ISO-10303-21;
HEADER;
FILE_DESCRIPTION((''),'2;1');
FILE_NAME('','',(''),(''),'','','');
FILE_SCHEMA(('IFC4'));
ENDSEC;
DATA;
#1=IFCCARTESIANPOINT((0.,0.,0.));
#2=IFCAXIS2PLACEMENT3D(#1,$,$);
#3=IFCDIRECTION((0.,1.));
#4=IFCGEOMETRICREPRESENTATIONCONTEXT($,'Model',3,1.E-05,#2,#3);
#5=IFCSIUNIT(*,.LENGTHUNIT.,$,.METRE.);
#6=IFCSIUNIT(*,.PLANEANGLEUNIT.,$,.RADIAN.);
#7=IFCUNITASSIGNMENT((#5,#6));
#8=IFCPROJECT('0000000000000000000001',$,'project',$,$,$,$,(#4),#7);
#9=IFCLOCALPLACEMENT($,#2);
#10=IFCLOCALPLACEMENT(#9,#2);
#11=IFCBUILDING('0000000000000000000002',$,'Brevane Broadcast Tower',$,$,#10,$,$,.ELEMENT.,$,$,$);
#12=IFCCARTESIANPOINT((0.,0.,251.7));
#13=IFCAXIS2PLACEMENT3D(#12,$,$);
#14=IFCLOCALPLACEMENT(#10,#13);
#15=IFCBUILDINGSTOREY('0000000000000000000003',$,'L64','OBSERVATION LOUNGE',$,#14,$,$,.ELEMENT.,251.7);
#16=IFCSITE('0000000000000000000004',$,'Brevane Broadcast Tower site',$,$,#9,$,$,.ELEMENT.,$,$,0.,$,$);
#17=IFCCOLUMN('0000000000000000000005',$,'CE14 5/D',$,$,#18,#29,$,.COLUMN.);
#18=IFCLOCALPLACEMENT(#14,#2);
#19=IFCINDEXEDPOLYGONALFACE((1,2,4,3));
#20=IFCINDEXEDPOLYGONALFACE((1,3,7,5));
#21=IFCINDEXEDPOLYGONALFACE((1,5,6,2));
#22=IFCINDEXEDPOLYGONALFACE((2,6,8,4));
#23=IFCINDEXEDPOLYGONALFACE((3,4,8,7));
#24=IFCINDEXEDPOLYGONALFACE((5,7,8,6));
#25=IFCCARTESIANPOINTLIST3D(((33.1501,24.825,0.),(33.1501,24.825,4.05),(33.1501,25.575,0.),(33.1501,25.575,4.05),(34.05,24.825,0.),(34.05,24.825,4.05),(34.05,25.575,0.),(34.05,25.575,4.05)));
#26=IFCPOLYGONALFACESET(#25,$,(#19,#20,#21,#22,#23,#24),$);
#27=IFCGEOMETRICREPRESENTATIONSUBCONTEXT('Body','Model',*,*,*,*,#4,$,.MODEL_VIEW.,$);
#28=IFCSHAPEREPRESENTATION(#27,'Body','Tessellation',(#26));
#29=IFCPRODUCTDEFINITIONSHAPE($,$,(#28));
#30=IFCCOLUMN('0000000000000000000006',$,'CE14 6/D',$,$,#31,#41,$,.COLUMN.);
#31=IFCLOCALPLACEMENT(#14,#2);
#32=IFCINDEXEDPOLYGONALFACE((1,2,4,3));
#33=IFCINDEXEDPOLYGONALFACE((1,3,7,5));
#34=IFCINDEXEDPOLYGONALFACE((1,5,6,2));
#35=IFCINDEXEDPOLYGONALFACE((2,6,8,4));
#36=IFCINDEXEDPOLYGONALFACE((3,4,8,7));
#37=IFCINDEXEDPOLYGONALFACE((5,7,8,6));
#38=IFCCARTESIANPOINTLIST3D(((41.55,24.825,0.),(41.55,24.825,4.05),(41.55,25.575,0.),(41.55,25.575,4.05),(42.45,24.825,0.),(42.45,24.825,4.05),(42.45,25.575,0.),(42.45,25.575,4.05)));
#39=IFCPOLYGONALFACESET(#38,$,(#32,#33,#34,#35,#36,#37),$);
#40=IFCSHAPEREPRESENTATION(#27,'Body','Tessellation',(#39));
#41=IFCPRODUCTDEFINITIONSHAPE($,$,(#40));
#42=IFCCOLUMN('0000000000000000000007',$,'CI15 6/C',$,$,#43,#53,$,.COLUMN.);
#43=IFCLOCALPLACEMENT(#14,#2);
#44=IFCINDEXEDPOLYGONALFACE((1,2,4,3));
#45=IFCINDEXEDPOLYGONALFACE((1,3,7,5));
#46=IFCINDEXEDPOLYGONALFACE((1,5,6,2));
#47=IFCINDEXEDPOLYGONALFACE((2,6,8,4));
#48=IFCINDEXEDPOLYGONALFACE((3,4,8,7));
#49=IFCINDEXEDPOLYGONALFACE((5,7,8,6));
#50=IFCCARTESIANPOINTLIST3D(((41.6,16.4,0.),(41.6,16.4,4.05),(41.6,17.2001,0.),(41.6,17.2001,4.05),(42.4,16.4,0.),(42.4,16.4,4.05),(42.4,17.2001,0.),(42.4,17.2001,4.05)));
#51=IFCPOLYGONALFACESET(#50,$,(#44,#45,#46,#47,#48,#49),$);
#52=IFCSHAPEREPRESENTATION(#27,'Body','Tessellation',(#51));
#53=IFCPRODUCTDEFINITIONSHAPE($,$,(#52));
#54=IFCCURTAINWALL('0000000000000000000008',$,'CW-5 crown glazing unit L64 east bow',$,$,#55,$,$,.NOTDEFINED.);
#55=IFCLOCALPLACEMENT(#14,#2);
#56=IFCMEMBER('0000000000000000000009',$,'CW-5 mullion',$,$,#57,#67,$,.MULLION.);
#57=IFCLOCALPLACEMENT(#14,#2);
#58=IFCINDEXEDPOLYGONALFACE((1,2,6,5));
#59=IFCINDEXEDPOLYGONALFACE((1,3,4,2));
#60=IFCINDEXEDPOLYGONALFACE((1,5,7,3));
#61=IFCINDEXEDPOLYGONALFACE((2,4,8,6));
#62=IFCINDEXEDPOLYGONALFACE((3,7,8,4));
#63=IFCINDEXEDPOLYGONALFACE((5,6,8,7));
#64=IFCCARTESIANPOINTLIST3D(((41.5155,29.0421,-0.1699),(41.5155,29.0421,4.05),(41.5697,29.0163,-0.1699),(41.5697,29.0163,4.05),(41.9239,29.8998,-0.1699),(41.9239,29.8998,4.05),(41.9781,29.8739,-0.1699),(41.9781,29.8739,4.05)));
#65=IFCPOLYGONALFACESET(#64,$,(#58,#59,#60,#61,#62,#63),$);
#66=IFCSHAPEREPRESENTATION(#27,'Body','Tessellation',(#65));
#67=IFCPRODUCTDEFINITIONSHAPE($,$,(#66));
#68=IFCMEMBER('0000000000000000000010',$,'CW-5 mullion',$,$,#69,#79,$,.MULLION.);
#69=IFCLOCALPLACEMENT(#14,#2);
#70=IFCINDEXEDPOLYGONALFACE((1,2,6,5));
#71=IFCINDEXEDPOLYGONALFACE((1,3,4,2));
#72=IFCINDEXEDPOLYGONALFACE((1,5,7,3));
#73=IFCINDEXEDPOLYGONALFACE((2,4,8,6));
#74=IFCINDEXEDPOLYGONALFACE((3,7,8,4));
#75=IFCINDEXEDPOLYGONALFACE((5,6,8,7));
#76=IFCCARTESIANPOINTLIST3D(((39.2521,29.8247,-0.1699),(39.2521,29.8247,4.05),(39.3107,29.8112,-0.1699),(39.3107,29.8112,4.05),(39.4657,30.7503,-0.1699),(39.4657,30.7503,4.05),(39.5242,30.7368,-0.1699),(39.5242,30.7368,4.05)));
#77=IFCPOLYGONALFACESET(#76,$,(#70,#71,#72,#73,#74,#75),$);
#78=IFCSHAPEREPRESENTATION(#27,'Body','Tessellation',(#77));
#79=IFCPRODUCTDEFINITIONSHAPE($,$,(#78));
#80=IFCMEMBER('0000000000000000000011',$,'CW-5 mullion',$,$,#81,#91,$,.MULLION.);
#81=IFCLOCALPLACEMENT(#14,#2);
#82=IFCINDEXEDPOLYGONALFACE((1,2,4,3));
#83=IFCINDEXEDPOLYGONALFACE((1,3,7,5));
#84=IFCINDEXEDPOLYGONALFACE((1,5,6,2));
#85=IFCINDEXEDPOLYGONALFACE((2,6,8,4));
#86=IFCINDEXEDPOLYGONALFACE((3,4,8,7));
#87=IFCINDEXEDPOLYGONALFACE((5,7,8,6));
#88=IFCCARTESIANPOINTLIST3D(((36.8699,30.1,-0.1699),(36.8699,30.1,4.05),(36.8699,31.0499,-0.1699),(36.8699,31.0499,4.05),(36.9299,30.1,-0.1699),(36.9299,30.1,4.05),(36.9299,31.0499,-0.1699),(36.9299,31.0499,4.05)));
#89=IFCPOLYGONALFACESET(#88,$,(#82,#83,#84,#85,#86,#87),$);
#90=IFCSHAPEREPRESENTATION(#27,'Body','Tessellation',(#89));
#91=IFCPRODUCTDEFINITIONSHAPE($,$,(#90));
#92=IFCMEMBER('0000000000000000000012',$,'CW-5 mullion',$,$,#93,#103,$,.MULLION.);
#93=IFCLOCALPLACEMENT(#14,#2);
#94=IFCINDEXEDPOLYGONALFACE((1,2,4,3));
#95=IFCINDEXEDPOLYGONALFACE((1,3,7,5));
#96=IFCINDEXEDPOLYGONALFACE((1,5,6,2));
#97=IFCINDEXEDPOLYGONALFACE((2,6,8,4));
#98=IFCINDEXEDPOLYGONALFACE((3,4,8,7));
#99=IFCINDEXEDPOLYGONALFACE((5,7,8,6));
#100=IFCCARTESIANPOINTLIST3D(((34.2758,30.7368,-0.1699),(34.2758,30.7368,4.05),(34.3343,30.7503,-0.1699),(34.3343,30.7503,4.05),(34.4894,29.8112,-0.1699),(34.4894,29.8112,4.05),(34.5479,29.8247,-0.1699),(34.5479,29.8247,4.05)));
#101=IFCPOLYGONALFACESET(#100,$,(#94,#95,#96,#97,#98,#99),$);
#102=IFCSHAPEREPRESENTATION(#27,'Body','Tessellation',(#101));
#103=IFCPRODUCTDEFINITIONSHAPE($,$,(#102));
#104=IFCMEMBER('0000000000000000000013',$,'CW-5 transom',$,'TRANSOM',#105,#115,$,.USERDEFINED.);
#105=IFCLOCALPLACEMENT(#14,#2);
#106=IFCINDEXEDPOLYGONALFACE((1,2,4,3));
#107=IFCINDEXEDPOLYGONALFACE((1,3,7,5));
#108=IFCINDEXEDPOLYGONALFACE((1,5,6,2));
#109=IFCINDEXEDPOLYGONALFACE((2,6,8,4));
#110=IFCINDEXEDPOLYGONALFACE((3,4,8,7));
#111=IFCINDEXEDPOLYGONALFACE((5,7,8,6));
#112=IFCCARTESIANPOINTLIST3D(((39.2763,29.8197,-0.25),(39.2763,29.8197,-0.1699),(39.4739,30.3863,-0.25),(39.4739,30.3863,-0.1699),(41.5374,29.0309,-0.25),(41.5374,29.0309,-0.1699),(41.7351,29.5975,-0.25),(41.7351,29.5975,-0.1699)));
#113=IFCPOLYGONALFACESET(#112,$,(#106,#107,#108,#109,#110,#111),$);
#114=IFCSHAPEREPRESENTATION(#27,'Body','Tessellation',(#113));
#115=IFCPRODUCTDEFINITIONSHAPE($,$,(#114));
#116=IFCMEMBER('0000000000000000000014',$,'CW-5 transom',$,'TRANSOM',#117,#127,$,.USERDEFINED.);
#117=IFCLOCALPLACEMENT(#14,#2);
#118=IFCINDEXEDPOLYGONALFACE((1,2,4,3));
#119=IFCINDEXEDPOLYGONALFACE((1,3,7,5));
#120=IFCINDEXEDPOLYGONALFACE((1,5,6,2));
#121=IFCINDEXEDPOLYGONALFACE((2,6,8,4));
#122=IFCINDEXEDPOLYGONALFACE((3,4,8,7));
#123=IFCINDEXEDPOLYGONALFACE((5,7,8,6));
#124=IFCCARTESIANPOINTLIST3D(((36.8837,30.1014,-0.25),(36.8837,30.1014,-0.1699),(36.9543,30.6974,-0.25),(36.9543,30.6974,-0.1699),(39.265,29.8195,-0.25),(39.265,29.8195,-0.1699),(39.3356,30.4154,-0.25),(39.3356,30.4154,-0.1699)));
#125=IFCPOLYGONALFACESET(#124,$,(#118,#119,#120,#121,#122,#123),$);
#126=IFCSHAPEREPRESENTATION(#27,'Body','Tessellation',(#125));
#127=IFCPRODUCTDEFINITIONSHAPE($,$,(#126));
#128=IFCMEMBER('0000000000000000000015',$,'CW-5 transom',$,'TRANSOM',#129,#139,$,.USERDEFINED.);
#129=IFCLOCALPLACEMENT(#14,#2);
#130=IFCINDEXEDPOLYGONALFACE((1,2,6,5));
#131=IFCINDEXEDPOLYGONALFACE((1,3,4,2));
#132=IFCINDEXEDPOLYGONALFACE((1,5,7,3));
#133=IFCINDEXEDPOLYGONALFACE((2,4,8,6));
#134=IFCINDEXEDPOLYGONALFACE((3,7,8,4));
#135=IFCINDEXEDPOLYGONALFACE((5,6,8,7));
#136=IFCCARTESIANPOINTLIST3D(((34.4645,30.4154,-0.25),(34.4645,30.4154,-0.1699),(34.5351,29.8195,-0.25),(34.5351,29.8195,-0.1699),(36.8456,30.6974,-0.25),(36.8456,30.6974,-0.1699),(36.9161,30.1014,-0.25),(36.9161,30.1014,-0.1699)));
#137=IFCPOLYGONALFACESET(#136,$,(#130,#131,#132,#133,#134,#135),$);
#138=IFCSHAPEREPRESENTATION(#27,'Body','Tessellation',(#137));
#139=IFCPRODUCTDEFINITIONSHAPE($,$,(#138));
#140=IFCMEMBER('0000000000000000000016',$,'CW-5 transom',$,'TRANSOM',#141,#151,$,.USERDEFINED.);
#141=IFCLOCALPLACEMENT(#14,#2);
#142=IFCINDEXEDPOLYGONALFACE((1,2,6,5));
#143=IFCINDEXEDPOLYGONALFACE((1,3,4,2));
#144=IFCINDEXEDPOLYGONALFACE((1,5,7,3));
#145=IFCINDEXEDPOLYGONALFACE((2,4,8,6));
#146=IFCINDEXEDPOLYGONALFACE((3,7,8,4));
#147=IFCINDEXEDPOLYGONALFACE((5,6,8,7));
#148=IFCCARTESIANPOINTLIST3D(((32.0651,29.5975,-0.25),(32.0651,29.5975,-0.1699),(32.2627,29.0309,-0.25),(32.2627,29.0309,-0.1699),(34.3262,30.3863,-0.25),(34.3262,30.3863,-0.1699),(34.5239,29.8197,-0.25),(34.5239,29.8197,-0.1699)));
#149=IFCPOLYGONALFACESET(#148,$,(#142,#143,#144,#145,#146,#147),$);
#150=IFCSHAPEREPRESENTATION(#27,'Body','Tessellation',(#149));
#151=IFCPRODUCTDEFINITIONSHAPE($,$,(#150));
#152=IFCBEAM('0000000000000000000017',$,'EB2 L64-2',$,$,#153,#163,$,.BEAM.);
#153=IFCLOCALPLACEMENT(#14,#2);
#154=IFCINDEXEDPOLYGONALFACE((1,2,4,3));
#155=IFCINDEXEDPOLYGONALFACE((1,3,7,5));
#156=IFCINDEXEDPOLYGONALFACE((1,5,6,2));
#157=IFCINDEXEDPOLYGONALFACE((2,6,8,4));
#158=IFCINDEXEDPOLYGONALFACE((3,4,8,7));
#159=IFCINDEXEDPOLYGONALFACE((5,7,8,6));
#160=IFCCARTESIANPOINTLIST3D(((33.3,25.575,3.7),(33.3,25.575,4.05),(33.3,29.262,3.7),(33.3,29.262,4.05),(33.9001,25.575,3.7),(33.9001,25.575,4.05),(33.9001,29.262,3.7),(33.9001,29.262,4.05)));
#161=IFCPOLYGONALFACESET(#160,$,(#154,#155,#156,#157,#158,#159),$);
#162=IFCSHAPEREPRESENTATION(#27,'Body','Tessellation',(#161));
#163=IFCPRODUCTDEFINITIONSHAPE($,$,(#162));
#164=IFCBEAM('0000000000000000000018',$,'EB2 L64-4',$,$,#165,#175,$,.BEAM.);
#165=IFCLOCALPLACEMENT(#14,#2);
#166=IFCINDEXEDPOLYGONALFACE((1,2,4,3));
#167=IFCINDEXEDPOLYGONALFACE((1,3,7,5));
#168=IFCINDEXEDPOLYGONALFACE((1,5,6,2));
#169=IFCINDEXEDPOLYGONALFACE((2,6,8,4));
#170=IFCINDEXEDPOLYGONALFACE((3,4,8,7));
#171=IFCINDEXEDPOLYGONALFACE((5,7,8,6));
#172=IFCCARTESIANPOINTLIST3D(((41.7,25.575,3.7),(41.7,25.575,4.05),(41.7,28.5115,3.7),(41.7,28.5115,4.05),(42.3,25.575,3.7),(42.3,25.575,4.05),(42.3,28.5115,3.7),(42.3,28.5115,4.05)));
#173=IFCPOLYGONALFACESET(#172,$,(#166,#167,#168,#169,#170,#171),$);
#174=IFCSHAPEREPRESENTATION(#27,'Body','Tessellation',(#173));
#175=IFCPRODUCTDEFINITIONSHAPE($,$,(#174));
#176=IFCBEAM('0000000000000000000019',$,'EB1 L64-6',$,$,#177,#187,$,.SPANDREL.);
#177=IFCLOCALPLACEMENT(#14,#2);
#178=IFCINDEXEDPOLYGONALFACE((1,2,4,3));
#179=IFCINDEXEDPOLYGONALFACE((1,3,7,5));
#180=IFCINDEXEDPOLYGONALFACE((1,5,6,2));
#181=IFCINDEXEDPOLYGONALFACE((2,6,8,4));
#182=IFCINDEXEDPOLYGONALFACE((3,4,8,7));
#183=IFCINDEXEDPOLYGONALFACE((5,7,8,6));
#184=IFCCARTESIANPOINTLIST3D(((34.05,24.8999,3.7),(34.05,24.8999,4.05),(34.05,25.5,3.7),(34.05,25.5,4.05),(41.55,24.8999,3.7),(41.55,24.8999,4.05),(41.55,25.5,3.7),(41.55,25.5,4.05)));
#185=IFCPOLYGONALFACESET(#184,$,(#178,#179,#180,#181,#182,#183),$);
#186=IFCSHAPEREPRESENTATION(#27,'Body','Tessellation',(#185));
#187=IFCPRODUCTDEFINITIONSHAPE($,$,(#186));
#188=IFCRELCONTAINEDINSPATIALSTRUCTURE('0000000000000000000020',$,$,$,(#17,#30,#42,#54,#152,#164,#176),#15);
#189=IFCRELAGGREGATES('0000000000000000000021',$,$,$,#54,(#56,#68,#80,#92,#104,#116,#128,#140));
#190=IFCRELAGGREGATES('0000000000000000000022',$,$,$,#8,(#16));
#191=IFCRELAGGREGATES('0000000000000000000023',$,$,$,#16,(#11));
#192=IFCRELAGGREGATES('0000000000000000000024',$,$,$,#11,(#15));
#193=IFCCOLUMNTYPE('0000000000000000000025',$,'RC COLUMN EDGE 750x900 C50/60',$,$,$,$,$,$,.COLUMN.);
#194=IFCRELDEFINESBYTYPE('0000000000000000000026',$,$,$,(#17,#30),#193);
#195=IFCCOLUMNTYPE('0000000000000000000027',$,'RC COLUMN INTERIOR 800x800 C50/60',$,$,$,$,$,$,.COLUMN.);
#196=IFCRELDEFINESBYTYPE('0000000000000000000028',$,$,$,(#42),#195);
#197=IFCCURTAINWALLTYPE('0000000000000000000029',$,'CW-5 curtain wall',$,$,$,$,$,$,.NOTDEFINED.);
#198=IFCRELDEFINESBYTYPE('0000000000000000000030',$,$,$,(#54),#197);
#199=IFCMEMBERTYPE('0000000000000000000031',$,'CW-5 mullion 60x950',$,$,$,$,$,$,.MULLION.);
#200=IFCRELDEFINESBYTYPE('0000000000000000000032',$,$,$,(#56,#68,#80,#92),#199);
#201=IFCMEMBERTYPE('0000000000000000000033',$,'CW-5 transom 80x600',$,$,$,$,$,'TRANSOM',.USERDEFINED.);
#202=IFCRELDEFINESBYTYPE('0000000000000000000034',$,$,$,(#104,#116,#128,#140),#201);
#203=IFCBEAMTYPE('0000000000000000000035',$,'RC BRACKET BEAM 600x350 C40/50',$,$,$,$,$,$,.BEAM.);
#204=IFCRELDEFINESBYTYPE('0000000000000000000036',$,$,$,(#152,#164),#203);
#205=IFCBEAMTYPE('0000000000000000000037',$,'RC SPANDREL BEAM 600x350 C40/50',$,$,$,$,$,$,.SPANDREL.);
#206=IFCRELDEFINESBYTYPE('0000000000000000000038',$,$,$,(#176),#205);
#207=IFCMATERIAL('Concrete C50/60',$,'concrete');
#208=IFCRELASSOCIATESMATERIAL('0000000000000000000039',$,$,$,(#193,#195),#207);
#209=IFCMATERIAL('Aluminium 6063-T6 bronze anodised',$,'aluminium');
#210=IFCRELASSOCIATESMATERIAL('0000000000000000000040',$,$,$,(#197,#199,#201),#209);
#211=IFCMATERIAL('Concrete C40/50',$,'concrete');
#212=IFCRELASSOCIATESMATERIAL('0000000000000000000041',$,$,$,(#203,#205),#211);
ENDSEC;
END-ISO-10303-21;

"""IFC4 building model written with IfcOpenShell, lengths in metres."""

from ifc_helpers import new_model, si_unit, direction, frame, origin, origin_2d, place, context, subcontext, project, spatial, rectangle, extrude, material, material_profile, profile_set, type_object, element, aggregate, save


model = new_model("IFC4")

# Units and contexts
model_context = context("Model", 3, precision=1e-05, world=origin(), true_north=direction((0.0, 1.0)))
body_context = subcontext(model_context, "Body", "Model", "MODEL_VIEW")
ifc_project = project(units=[si_unit("LENGTHUNIT", "METRE"), si_unit("PLANEANGLEUNIT", "RADIAN")], contexts=[model_context])

# Site, building, storey
site_placement = place(None, origin())
site = spatial("IfcSite", under=ifc_project, at=site_placement, Name="Brevane Broadcast Tower site", CompositionType="ELEMENT", RefElevation=0.0)
building_placement = place(site_placement, origin())
building = spatial("IfcBuilding", under=site, at=building_placement, Name="Brevane Broadcast Tower", CompositionType="ELEMENT")
storey_placement = place(building_placement, frame((0.0, 0.0, 251.7)))
storey = spatial("IfcBuildingStorey", under=building, at=storey_placement, Name="L64", Description="OBSERVATION LOUNGE", CompositionType="ELEMENT", Elevation=251.7)

# Columns
ifc_material_1 = material(Name="Concrete C50/60", Category="concrete")
ifc_material_profile_1 = material_profile(ifc_material_1, rectangle(XDim=0.75, YDim=0.8999, at=origin_2d()), Name="RC 750x900")
ifc_profile_set_1 = profile_set([ifc_material_profile_1], Name="Concrete C50/60")
column_type_1 = type_object("IfcColumnType", Name="RC COLUMN EDGE 750x900 C50/60", PredefinedType="COLUMN", material=ifc_profile_set_1)
for number, where, z_axis, x_axis, name in (
    (1, (33.6001, 25.2, 0.0), (0.0, 0.0, 1.0), (0.0, 1.0, 0.0), "CE14 5/D"),
    (2, (42.0, 25.2, 0.0), (0.0, 0.0, 1.0), (0.0, 1.0, 0.0), "CE14 6/D"),
):
    element("IfcColumn", number, at=place(storey_placement, frame(where, z_axis=z_axis, x_axis=x_axis)), inside=storey, type_object=column_type_1, Name=name, PredefinedType="COLUMN", context=body_context, shape_type="SweptSolid", body=[
        extrude(rectangle(XDim=0.75, YDim=0.8999, at=origin_2d()), origin(), (0.0, 0.0, 1.0), 4.05),
    ])
ifc_material_profile_2 = material_profile(ifc_material_1, rectangle(XDim=0.8, YDim=0.8, at=origin_2d()), Name="RC 800x800")
ifc_profile_set_2 = profile_set([ifc_material_profile_2], Name="Concrete C50/60")
column_type_2 = type_object("IfcColumnType", Name="RC COLUMN INTERIOR 800x800 C50/60", PredefinedType="COLUMN", material=ifc_profile_set_2)
column_placement = place(storey_placement, frame((42.0, 16.8, 0.0), z_axis=(0.0, 0.0, 1.0), x_axis=(1.0, 0.0, 0.0)))
element("IfcColumn", 3, at=column_placement, inside=storey, type_object=column_type_2, Name="CI15 6/C", PredefinedType="COLUMN", context=body_context, shape_type="SweptSolid", body=[
    extrude(rectangle(XDim=0.8, YDim=0.8, at=origin_2d()), origin(), (0.0, 0.0, 1.0), 4.05),
])

# Curtain wall, members
ifc_material_2 = material(Name="Aluminium 6063-T6 bronze anodised", Category="aluminium")
curtain_wall_type = type_object("IfcCurtainWallType", Name="CW-5 curtain wall", PredefinedType="NOTDEFINED", material=ifc_material_2)
curtain_wall_placement = place(storey_placement, origin())
curtain_wall = element("IfcCurtainWall", 4, at=curtain_wall_placement, inside=storey, type_object=curtain_wall_type, Name="CW-5 crown glazing unit L64 east bow", PredefinedType="NOTDEFINED")
ifc_material_profile_3 = material_profile(ifc_material_2, rectangle(XDim=0.95, YDim=0.0601, at=origin_2d()), Name="RECT 60x950")
ifc_profile_set_3 = profile_set([ifc_material_profile_3], Name="Aluminium 6063-T6 bronze anodised")
member_type_1 = type_object("IfcMemberType", Name="CW-5 mullion 60x950", PredefinedType="MULLION", material=ifc_profile_set_3)
member_1_placement = place(storey_placement, frame((41.7468, 29.458, -0.1699), z_axis=(0.0, 0.0, 1.0), x_axis=(-0.429934, -0.902861, 0.0)))
member_1 = element("IfcMember", 5, at=member_1_placement, type_object=member_type_1, Name="CW-5 mullion", PredefinedType="MULLION", context=body_context, shape_type="SweptSolid", body=[
    extrude(rectangle(XDim=0.95, YDim=0.0601, at=origin_2d()), origin(), (0.0, 0.0, 1.0), 4.22),
])
member_2_placement = place(storey_placement, frame((39.3882, 30.2808, -0.1699), z_axis=(0.0, 0.0, 1.0), x_axis=(-0.224807, -0.974403, 0.0)))
member_2 = element("IfcMember", 6, at=member_2_placement, type_object=member_type_1, Name="CW-5 mullion", PredefinedType="MULLION", context=body_context, shape_type="SweptSolid", body=[
    extrude(rectangle(XDim=0.95, YDim=0.0601, at=origin_2d()), origin(), (0.0, 0.0, 1.0), 4.22),
])
member_3_placement = place(storey_placement, frame((36.8999, 30.575, -0.1699), z_axis=(0.0, 0.0, 1.0), x_axis=(0.0, -1.0, 0.0)))
member_3 = element("IfcMember", 7, at=member_3_placement, type_object=member_type_1, Name="CW-5 mullion", PredefinedType="MULLION", context=body_context, shape_type="SweptSolid", body=[
    extrude(rectangle(XDim=0.95, YDim=0.0601, at=origin_2d()), origin(), (0.0, 0.0, 1.0), 4.22),
])
member_4_placement = place(storey_placement, frame((34.4119, 30.2808, -0.1699), z_axis=(0.0, 0.0, 1.0), x_axis=(0.224807, -0.974403, 0.0)))
member_4 = element("IfcMember", 8, at=member_4_placement, type_object=member_type_1, Name="CW-5 mullion", PredefinedType="MULLION", context=body_context, shape_type="SweptSolid", body=[
    extrude(rectangle(XDim=0.95, YDim=0.0601, at=origin_2d()), origin(), (0.0, 0.0, 1.0), 4.22),
])
ifc_material_profile_4 = material_profile(ifc_material_2, rectangle(XDim=0.6001, YDim=0.0801, at=origin_2d()), Name="RECT 80x600")
ifc_profile_set_4 = profile_set([ifc_material_profile_4], Name="Aluminium 6063-T6 bronze anodised")
member_type_2 = type_object("IfcMemberType", Name="CW-5 transom 80x600", ElementType="TRANSOM", PredefinedType="USERDEFINED", material=ifc_profile_set_4)
member_5_placement = place(storey_placement, frame((41.6362, 29.3142, -0.21), z_axis=(-0.944198, 0.329378, 0.0), x_axis=(-0.329378, -0.944198, 0.0)))
member_5 = element("IfcMember", 9, at=member_5_placement, type_object=member_type_2, Name="CW-5 transom", ObjectType="TRANSOM", PredefinedType="USERDEFINED", context=body_context, shape_type="SweptSolid", body=[
    extrude(rectangle(XDim=0.6001, YDim=0.0801, at=origin_2d()), origin(), (0.0, 0.0, 1.0), 2.3948),
])
member_6_placement = place(storey_placement, frame((39.3003, 30.1174, -0.21), z_axis=(-0.993062, 0.117591, 0.0), x_axis=(-0.117591, -0.993062, 0.0)))
member_6 = element("IfcMember", 10, at=member_6_placement, type_object=member_type_2, Name="CW-5 transom", ObjectType="TRANSOM", PredefinedType="USERDEFINED", context=body_context, shape_type="SweptSolid", body=[
    extrude(rectangle(XDim=0.6001, YDim=0.0801, at=origin_2d()), origin(), (0.0, 0.0, 1.0), 2.3979),
])
member_7_placement = place(storey_placement, frame((36.8809, 30.3994, -0.21), z_axis=(-0.993061, -0.117603, 0.0), x_axis=(0.117603, -0.993061, 0.0)))
member_7 = element("IfcMember", 11, at=member_7_placement, type_object=member_type_2, Name="CW-5 transom", ObjectType="TRANSOM", PredefinedType="USERDEFINED", context=body_context, shape_type="SweptSolid", body=[
    extrude(rectangle(XDim=0.6001, YDim=0.0801, at=origin_2d()), origin(), (0.0, 0.0, 1.0), 2.3977),
])
member_8_placement = place(storey_placement, frame((34.425, 30.103, -0.21), z_axis=(-0.944198, -0.329378, 0.0), x_axis=(0.329378, -0.944198, 0.0)))
member_8 = element("IfcMember", 12, at=member_8_placement, type_object=member_type_2, Name="CW-5 transom", ObjectType="TRANSOM", PredefinedType="USERDEFINED", context=body_context, shape_type="SweptSolid", body=[
    extrude(rectangle(XDim=0.6001, YDim=0.0801, at=origin_2d()), origin(), (0.0, 0.0, 1.0), 2.3948),
])
aggregate(curtain_wall, [member_1, member_2, member_3, member_4, member_5, member_6, member_7, member_8])

# Beams
ifc_material_3 = material(Name="Concrete C40/50", Category="concrete")
ifc_material_profile_5 = material_profile(ifc_material_3, rectangle(XDim=0.6001, YDim=0.3501, at=origin_2d()), Name="RC 600x350")
ifc_profile_set_5 = profile_set([ifc_material_profile_5], Name="Concrete C40/50")
beam_type_1 = type_object("IfcBeamType", Name="RC BRACKET BEAM 600x350 C40/50", PredefinedType="BEAM", material=ifc_profile_set_5)
beam_1_placement = place(storey_placement, frame((33.6001, 25.575, 3.875), z_axis=(0.0, 1.0, 0.0), x_axis=(-1.0, 0.0, 0.0)))
element("IfcBeam", 13, at=beam_1_placement, inside=storey, type_object=beam_type_1, Name="EB2 L64-2", PredefinedType="BEAM", context=body_context, shape_type="SweptSolid", body=[
    extrude(rectangle(XDim=0.6001, YDim=0.3501, at=origin_2d()), origin(), (0.0, 0.0, 1.0), 3.687),
])
beam_2_placement = place(storey_placement, frame((42.0, 25.575, 3.875), z_axis=(0.0, 1.0, 0.0), x_axis=(-1.0, 0.0, 0.0)))
element("IfcBeam", 14, at=beam_2_placement, inside=storey, type_object=beam_type_1, Name="EB2 L64-4", PredefinedType="BEAM", context=body_context, shape_type="SweptSolid", body=[
    extrude(rectangle(XDim=0.6001, YDim=0.3501, at=origin_2d()), origin(), (0.0, 0.0, 1.0), 2.9365),
])
ifc_material_profile_6 = material_profile(ifc_material_3, rectangle(XDim=0.6001, YDim=0.3501, at=origin_2d()), Name="RC 600x350")
ifc_profile_set_6 = profile_set([ifc_material_profile_6], Name="Concrete C40/50")
beam_type_2 = type_object("IfcBeamType", Name="RC SPANDREL BEAM 600x350 C40/50", PredefinedType="SPANDREL", material=ifc_profile_set_6)
beam_3_placement = place(storey_placement, frame((41.55, 25.2, 3.875), z_axis=(-1.0, 0.0, 0.0), x_axis=(0.0, -1.0, 0.0)))
element("IfcBeam", 15, at=beam_3_placement, inside=storey, type_object=beam_type_2, Name="EB1 L64-6", PredefinedType="SPANDREL", context=body_context, shape_type="SweptSolid", body=[
    extrude(rectangle(XDim=0.6001, YDim=0.3501, at=origin_2d()), origin(), (0.0, 0.0, 1.0), 7.5),
])

save(model, "model.ifc")
